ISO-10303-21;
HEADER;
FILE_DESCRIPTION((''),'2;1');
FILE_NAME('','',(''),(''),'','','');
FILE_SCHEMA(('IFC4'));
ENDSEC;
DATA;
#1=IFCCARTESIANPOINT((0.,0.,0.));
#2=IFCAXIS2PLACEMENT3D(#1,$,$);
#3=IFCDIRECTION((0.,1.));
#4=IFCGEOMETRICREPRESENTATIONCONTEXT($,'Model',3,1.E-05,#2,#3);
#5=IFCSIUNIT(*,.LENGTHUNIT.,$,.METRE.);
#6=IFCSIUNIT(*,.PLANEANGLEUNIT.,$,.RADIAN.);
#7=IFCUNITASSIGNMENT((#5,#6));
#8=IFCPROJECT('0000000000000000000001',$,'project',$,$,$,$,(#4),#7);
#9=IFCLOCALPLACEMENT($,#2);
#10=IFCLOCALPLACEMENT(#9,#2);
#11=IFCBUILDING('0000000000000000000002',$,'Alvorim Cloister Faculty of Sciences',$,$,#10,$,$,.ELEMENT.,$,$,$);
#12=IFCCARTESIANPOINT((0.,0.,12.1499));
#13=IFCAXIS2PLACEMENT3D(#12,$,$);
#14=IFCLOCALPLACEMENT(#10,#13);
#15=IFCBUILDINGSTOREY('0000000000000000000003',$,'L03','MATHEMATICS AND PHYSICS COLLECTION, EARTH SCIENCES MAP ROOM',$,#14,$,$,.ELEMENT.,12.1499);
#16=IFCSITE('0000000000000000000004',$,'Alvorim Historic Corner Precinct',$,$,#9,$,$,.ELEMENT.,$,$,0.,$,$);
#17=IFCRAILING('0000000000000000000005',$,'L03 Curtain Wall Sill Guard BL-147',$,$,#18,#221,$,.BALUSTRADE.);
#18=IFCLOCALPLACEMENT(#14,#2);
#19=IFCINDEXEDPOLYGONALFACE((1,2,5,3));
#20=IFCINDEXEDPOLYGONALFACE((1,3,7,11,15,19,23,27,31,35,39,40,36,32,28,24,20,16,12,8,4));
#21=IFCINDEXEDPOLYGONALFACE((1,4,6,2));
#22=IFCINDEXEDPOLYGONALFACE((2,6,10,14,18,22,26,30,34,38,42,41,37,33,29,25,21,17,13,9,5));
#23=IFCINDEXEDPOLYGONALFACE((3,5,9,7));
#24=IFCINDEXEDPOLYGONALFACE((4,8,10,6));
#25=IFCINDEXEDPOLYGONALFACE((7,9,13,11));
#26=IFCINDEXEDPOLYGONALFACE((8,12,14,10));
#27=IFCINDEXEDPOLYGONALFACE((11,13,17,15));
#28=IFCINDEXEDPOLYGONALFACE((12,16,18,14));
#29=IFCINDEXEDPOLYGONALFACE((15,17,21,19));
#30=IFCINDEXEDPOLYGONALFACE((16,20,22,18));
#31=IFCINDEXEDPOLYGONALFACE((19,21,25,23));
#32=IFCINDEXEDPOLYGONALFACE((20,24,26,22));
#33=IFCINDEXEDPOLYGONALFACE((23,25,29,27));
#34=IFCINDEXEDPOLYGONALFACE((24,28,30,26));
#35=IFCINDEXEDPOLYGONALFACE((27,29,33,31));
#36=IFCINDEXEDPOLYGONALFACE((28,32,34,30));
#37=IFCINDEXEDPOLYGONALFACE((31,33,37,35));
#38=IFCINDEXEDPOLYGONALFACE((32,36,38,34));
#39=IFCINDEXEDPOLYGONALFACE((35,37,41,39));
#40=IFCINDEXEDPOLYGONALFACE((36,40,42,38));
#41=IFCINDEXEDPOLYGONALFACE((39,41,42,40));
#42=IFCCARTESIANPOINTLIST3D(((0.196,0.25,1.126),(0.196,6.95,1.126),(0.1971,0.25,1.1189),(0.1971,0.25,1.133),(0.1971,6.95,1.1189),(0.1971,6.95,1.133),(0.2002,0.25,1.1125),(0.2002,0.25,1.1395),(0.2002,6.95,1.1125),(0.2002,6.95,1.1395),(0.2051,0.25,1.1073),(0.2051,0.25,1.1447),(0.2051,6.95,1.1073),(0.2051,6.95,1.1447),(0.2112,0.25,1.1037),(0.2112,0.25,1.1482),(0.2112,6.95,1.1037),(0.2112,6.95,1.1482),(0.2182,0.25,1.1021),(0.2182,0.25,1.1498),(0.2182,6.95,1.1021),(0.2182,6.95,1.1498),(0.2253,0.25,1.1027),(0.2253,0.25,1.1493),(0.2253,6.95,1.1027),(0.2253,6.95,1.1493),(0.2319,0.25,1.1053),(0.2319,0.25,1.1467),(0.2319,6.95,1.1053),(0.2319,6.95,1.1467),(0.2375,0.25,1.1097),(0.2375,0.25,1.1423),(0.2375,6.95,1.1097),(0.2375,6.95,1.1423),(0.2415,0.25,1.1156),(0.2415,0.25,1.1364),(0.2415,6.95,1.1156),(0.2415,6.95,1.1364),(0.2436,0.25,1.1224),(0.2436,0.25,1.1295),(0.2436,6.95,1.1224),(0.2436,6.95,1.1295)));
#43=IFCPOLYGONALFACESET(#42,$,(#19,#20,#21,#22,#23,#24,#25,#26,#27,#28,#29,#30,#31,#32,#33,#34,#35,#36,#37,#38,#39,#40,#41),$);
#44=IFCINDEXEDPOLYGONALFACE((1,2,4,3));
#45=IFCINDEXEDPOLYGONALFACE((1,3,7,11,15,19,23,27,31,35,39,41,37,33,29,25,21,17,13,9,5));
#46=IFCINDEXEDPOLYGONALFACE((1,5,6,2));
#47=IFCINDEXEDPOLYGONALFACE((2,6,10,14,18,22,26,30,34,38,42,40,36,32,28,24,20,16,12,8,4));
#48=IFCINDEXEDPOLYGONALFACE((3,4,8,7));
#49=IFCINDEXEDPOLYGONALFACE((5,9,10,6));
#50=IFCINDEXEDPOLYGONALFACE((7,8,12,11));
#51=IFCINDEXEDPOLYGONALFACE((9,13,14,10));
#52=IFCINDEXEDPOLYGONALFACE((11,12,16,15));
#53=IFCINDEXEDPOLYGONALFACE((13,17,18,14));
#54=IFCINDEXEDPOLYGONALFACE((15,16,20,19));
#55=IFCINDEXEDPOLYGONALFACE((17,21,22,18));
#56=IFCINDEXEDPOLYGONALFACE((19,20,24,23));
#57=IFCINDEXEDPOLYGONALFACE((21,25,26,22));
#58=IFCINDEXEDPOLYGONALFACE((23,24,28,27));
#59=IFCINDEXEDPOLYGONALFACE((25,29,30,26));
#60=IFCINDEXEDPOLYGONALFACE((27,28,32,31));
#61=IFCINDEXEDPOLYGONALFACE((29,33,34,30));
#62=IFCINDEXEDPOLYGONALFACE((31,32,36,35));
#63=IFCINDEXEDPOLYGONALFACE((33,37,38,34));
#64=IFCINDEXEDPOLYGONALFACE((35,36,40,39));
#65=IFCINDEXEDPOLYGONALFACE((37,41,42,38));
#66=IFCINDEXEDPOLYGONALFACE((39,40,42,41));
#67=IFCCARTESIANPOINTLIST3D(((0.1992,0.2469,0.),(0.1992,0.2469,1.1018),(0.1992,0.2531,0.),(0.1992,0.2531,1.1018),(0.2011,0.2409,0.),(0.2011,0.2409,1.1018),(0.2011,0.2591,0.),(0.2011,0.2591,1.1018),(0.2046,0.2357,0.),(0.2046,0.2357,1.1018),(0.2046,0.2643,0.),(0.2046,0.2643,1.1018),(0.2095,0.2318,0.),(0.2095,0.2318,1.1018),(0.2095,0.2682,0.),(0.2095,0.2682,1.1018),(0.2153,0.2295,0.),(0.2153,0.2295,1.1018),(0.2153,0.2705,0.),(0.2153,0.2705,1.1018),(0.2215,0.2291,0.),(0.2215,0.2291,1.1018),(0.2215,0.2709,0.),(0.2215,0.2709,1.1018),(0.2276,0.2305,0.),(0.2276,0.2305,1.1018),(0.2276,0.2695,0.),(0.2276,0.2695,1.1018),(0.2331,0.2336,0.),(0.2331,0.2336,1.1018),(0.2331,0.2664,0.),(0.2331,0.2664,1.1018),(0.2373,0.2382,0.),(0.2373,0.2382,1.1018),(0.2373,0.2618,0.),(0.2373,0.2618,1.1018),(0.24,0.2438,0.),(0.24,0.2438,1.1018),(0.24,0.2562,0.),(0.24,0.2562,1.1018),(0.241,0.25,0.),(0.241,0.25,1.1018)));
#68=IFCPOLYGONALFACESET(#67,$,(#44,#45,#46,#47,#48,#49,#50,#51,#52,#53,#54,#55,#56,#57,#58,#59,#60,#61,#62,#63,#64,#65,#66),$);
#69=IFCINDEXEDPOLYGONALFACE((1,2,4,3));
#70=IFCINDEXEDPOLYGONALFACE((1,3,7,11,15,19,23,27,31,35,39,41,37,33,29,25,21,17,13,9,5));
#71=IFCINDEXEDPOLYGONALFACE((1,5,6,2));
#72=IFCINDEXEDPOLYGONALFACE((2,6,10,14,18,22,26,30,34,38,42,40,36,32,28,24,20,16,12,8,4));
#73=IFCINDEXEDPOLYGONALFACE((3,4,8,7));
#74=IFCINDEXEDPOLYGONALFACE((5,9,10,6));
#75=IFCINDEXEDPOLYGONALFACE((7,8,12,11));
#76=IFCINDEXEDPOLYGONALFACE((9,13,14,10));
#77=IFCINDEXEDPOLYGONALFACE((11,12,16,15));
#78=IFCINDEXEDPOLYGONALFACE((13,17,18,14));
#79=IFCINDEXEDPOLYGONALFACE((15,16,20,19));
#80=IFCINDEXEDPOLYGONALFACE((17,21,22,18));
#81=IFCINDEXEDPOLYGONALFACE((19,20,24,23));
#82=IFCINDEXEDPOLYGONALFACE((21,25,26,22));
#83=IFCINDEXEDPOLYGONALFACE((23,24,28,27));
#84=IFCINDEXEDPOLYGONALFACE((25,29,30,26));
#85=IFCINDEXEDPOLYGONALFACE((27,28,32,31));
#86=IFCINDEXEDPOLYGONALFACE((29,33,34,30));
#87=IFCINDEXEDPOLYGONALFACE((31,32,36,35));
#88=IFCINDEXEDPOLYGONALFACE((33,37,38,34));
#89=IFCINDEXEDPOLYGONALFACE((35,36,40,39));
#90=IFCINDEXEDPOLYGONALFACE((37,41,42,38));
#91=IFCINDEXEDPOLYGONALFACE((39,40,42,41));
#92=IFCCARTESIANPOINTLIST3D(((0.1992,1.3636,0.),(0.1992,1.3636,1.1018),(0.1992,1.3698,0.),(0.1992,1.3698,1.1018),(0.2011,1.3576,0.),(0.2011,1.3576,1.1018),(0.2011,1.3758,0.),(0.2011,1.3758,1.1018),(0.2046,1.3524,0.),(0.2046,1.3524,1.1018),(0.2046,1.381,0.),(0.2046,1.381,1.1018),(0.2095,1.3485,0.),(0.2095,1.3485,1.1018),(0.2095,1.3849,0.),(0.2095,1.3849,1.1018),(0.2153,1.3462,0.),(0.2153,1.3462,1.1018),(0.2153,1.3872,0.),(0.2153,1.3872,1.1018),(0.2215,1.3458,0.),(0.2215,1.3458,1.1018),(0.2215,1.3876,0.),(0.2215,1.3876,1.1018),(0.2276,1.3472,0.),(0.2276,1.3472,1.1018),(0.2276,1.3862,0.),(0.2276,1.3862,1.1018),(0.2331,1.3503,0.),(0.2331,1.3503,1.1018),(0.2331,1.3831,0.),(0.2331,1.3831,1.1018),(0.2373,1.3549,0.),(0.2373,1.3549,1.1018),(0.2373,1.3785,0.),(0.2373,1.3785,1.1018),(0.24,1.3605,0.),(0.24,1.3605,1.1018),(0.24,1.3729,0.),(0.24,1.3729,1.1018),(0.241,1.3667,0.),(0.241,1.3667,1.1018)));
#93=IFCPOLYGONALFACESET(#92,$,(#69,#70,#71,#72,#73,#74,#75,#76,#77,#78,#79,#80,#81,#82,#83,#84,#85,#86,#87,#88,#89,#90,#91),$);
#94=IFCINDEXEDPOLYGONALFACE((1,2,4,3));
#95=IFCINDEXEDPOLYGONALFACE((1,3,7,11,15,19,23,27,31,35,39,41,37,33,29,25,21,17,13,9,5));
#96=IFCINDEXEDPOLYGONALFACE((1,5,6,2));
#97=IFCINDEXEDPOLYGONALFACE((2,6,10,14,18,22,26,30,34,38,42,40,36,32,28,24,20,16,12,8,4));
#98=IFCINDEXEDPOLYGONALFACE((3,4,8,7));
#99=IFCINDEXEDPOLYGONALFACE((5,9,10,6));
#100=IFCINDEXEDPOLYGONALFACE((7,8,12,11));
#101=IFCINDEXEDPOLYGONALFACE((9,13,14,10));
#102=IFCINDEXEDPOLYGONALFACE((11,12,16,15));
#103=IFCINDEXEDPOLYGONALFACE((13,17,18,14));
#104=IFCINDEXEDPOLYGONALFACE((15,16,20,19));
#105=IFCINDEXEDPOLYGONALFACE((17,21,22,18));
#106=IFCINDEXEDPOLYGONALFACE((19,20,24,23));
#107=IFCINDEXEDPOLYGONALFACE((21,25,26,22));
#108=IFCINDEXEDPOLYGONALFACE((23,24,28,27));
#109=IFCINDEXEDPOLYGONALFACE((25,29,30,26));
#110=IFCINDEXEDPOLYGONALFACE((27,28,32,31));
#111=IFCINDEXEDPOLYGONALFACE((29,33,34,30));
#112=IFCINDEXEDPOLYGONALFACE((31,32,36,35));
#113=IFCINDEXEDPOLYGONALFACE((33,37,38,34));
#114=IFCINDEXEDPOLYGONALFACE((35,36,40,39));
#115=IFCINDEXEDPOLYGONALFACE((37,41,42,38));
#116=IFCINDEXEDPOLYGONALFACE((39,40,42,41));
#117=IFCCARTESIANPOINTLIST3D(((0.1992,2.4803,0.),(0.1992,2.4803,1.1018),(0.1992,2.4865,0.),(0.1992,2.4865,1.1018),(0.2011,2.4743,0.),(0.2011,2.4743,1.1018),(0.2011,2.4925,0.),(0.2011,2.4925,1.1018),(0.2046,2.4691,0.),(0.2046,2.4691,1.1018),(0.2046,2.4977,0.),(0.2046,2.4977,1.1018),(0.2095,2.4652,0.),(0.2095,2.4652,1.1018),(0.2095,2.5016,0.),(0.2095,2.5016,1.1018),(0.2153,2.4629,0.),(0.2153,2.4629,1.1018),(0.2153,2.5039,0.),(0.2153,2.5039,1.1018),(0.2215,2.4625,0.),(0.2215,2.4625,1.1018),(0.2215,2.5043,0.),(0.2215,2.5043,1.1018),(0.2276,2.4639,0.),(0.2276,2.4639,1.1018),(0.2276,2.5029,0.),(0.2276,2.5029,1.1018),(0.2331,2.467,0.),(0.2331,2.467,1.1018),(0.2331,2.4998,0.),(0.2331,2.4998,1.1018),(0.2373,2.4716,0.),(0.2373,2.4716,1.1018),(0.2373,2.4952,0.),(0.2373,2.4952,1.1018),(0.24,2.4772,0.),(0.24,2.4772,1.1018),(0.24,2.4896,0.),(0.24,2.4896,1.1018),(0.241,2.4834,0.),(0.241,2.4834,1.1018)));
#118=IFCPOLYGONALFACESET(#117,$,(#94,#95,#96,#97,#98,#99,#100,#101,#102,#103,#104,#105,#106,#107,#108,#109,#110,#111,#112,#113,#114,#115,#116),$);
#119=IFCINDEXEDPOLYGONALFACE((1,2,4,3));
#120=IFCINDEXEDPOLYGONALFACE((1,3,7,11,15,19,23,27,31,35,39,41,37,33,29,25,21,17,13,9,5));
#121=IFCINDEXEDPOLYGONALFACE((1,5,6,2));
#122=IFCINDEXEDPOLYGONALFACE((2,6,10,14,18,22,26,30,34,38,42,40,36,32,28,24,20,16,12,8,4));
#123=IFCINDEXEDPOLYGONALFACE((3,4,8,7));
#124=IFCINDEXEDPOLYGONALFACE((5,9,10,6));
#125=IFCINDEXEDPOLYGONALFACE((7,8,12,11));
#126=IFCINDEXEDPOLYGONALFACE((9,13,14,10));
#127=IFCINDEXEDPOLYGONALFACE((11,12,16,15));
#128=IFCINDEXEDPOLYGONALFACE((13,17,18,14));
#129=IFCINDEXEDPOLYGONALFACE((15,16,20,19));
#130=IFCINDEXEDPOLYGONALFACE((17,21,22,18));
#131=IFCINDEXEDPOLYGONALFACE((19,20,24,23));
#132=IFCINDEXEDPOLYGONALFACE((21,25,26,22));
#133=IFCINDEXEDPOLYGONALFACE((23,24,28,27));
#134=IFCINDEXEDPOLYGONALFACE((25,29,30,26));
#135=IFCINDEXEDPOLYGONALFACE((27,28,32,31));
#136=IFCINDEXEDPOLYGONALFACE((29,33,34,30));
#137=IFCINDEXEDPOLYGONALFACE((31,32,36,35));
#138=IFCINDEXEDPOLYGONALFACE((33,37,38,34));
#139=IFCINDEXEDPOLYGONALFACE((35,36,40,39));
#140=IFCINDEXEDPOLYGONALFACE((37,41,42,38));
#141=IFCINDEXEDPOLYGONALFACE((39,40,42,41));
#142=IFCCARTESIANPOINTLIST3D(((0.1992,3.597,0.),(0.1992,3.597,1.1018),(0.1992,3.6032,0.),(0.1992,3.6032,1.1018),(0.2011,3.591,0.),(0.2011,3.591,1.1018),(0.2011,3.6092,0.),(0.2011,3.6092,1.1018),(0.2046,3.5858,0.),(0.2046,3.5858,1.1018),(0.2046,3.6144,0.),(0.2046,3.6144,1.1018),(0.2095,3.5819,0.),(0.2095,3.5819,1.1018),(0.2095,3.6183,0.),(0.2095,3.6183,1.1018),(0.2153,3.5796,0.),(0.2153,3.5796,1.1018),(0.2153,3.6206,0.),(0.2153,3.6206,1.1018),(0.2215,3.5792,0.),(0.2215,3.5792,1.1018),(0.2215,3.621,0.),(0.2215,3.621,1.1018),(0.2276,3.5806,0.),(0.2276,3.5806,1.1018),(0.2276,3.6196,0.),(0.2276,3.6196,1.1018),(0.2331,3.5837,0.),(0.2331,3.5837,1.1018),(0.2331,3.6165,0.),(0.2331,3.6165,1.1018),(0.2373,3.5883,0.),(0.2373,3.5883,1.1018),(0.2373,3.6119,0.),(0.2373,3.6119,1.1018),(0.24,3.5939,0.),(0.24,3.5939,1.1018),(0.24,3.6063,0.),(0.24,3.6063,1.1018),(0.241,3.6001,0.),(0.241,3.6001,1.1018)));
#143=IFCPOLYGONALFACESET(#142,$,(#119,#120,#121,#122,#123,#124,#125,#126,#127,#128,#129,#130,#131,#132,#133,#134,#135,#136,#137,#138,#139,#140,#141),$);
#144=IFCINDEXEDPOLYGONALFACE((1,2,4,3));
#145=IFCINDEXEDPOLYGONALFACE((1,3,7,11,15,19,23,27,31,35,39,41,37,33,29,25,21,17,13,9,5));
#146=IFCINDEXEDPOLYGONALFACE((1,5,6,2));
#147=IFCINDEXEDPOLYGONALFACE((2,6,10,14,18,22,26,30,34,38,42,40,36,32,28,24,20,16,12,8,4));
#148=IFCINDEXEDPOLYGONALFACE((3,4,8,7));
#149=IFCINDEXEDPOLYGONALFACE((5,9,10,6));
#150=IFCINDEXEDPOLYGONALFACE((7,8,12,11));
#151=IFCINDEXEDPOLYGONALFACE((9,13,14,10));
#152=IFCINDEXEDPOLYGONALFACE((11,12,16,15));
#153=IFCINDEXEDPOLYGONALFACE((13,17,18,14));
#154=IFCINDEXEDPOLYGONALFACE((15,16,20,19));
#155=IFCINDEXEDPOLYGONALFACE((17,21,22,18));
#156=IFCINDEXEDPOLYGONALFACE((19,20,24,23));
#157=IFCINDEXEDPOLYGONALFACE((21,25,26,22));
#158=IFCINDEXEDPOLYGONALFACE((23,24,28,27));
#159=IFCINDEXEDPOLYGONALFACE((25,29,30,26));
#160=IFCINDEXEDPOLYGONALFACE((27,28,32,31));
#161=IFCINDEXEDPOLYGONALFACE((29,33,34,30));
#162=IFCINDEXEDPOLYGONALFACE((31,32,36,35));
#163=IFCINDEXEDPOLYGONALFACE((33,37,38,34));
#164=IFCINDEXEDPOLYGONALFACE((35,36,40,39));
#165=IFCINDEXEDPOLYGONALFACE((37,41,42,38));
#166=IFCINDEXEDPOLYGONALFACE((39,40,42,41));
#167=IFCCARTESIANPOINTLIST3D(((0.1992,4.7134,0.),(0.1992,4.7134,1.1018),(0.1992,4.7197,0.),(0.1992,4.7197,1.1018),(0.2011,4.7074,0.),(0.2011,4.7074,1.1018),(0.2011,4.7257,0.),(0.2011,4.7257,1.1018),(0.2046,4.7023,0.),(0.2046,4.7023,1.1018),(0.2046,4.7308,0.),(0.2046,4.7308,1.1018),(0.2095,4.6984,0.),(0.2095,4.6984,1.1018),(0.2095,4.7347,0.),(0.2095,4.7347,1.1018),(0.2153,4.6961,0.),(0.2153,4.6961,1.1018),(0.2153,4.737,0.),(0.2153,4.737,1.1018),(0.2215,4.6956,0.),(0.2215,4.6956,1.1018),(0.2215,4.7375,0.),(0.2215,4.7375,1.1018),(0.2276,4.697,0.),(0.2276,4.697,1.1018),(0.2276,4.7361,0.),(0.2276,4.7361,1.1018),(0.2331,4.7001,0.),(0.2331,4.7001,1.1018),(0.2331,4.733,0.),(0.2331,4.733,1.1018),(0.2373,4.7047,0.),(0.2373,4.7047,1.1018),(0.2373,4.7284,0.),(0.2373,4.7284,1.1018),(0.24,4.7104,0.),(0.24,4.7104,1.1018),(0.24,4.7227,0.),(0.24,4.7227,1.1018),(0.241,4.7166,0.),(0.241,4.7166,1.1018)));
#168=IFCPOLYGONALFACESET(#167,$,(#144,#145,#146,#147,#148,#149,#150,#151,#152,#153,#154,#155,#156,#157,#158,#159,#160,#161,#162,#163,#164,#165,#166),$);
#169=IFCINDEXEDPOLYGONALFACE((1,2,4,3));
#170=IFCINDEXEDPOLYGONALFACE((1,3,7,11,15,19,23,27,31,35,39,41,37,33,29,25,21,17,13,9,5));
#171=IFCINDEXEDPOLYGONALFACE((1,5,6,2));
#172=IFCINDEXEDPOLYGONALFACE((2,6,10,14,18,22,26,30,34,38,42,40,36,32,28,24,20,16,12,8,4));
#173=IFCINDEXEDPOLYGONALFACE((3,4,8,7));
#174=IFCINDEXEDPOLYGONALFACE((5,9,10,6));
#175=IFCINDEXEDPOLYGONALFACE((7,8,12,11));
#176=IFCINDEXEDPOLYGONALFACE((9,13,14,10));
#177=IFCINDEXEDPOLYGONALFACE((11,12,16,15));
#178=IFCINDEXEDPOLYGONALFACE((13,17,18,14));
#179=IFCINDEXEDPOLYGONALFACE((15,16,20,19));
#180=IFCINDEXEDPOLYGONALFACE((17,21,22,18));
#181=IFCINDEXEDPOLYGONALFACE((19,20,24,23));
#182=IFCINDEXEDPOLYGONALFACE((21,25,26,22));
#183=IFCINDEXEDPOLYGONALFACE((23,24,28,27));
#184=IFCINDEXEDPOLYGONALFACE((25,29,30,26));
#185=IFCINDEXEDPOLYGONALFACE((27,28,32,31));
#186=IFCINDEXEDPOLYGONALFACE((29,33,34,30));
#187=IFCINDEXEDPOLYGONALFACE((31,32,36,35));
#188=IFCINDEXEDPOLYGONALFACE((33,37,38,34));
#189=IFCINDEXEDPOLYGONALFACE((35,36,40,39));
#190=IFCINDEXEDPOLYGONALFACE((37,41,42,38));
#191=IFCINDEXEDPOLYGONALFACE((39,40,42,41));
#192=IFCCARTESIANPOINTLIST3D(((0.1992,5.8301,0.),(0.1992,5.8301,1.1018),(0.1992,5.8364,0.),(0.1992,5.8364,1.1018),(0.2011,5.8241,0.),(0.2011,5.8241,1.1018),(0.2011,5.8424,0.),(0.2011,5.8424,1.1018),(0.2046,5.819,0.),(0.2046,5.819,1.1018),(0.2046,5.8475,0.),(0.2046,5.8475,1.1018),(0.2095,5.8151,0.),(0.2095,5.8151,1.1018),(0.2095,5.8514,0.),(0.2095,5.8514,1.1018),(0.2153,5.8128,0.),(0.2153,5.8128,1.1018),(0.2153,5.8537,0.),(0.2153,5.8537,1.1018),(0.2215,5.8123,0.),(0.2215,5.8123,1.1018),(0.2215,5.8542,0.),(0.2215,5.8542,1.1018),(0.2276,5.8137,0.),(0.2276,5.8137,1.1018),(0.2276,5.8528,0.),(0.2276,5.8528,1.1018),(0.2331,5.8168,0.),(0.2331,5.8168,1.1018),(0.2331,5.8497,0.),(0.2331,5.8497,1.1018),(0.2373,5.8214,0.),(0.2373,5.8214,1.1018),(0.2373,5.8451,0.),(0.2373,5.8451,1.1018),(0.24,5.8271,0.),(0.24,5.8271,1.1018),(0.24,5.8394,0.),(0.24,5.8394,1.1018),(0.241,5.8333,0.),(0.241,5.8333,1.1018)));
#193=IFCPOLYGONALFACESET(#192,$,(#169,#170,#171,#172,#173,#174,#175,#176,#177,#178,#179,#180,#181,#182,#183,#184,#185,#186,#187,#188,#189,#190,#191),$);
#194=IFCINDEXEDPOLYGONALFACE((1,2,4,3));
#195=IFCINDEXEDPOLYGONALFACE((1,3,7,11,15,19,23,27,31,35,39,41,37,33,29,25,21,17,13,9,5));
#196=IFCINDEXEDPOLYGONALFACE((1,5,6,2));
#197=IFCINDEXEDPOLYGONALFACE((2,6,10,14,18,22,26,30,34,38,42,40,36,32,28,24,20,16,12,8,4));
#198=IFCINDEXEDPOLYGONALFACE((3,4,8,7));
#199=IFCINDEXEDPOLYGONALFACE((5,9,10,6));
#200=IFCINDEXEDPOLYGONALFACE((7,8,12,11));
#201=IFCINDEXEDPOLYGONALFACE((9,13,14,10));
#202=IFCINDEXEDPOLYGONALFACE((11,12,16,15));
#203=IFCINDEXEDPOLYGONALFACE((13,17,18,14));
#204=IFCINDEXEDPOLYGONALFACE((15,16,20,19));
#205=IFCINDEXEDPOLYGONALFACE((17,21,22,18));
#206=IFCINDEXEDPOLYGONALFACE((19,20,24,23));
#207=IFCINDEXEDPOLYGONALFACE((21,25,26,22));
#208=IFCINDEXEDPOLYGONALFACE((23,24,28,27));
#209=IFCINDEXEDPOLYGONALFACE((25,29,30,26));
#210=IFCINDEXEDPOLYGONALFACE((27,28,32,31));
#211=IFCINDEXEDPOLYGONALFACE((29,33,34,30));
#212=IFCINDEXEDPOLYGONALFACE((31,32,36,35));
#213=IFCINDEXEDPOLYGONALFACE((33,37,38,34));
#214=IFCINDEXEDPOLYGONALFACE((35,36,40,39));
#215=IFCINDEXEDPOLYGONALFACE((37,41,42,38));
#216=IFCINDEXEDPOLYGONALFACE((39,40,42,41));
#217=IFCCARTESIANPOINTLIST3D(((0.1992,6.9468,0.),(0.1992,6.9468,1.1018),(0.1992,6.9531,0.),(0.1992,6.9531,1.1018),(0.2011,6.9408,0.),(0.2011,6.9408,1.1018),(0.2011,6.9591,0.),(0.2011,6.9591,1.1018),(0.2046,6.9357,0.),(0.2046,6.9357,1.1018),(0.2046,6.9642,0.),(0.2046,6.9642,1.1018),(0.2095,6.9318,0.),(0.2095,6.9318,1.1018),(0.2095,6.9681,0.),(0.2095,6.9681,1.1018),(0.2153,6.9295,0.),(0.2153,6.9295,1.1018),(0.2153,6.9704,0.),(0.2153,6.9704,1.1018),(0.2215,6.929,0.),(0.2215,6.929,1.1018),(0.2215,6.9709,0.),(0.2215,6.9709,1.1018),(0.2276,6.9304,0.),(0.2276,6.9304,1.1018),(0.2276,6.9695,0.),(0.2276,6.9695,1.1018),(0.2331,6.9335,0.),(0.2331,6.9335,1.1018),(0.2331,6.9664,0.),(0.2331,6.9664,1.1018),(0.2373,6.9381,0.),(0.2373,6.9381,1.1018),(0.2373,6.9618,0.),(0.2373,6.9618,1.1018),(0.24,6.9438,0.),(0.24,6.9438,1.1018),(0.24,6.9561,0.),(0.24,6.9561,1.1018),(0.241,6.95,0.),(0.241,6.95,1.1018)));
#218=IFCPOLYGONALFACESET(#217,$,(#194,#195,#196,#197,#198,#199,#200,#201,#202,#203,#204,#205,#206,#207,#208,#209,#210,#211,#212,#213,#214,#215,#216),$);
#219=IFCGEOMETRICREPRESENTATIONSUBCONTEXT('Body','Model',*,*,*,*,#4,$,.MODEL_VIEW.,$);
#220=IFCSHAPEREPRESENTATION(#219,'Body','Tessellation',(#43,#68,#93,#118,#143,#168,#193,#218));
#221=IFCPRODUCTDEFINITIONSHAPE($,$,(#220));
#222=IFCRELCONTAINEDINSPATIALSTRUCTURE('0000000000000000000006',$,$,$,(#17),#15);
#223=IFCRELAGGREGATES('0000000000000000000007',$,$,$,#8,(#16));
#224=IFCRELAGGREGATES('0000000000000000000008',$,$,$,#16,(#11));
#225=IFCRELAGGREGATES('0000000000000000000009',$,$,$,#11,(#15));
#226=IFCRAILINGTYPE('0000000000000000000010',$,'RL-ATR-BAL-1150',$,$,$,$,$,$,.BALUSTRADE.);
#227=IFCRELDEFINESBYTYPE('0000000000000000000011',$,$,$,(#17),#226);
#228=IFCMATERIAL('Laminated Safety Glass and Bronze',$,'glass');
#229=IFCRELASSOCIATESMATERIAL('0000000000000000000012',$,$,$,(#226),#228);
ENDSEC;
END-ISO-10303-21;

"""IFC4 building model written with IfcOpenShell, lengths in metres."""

from ifc_helpers import new_model, si_unit, direction, frame, origin, origin_2d, place, context, subcontext, project, spatial, circle, extrude, material, type_object, element, save


model = new_model("IFC4")

# Units and contexts
model_context = context("Model", 3, precision=1e-05, world=origin(), true_north=direction((0.0, 1.0)))
body_context = subcontext(model_context, "Body", "Model", "MODEL_VIEW")
ifc_project = project(units=[si_unit("LENGTHUNIT", "METRE"), si_unit("PLANEANGLEUNIT", "RADIAN")], contexts=[model_context])

# Site, building, storey
site_placement = place(None, origin())
site = spatial("IfcSite", under=ifc_project, at=site_placement, Name="Alvorim Historic Corner Precinct", CompositionType="ELEMENT", RefElevation=0.0)
building_placement = place(site_placement, origin())
building = spatial("IfcBuilding", under=site, at=building_placement, Name="Alvorim Cloister Faculty of Sciences", CompositionType="ELEMENT")
storey_placement = place(building_placement, frame((0.0, 0.0, 12.1499)))
storey = spatial("IfcBuildingStorey", under=building, at=storey_placement, Name="L03", Description="MATHEMATICS AND PHYSICS COLLECTION, EARTH SCIENCES MAP ROOM", CompositionType="ELEMENT", Elevation=12.1499)

# Railing
ifc_material_1 = material(Name="Laminated Safety Glass and Bronze", Category="glass")
railing_type = type_object("IfcRailingType", Name="RL-ATR-BAL-1150", PredefinedType="BALUSTRADE", material=ifc_material_1)
railing_1_placement = place(storey_placement, frame((0.22, 0.25, 0.0)))
element("IfcRailing", 1, at=railing_1_placement, inside=storey, type_object=railing_type, Name="L03 Curtain Wall Sill Guard BL-147", PredefinedType="BALUSTRADE", context=body_context, shape_type="SweptSolid", body=[
    extrude(circle(Radius=0.0239, at=origin_2d()), frame((0.0, 0.0, 1.126), z_axis=(0.0, 1.0, 0.0), x_axis=(-1.0, 0.0, 0.0)), (0.0, 0.0, 1.0), 6.7),
    extrude(circle(Radius=0.021, at=origin_2d()), origin(), (0.0, 0.0, 1.0), 1.1018),
    extrude(circle(Radius=0.021, at=origin_2d()), frame((0.0, 1.1167, 0.0)), (0.0, 0.0, 1.0), 1.1018),
    extrude(circle(Radius=0.021, at=origin_2d()), frame((0.0, 2.2334, 0.0)), (0.0, 0.0, 1.0), 1.1018),
    extrude(circle(Radius=0.021, at=origin_2d()), frame((0.0, 3.3501, 0.0)), (0.0, 0.0, 1.0), 1.1018),
    extrude(circle(Radius=0.021, at=origin_2d()), frame((0.0, 4.4666, 0.0)), (0.0, 0.0, 1.0), 1.1018),
    extrude(circle(Radius=0.021, at=origin_2d()), frame((0.0, 5.5833, 0.0)), (0.0, 0.0, 1.0), 1.1018),
    extrude(circle(Radius=0.021, at=origin_2d()), frame((0.0, 6.7, 0.0)), (0.0, 0.0, 1.0), 1.1018),
])

save(model, "model.ifc")
